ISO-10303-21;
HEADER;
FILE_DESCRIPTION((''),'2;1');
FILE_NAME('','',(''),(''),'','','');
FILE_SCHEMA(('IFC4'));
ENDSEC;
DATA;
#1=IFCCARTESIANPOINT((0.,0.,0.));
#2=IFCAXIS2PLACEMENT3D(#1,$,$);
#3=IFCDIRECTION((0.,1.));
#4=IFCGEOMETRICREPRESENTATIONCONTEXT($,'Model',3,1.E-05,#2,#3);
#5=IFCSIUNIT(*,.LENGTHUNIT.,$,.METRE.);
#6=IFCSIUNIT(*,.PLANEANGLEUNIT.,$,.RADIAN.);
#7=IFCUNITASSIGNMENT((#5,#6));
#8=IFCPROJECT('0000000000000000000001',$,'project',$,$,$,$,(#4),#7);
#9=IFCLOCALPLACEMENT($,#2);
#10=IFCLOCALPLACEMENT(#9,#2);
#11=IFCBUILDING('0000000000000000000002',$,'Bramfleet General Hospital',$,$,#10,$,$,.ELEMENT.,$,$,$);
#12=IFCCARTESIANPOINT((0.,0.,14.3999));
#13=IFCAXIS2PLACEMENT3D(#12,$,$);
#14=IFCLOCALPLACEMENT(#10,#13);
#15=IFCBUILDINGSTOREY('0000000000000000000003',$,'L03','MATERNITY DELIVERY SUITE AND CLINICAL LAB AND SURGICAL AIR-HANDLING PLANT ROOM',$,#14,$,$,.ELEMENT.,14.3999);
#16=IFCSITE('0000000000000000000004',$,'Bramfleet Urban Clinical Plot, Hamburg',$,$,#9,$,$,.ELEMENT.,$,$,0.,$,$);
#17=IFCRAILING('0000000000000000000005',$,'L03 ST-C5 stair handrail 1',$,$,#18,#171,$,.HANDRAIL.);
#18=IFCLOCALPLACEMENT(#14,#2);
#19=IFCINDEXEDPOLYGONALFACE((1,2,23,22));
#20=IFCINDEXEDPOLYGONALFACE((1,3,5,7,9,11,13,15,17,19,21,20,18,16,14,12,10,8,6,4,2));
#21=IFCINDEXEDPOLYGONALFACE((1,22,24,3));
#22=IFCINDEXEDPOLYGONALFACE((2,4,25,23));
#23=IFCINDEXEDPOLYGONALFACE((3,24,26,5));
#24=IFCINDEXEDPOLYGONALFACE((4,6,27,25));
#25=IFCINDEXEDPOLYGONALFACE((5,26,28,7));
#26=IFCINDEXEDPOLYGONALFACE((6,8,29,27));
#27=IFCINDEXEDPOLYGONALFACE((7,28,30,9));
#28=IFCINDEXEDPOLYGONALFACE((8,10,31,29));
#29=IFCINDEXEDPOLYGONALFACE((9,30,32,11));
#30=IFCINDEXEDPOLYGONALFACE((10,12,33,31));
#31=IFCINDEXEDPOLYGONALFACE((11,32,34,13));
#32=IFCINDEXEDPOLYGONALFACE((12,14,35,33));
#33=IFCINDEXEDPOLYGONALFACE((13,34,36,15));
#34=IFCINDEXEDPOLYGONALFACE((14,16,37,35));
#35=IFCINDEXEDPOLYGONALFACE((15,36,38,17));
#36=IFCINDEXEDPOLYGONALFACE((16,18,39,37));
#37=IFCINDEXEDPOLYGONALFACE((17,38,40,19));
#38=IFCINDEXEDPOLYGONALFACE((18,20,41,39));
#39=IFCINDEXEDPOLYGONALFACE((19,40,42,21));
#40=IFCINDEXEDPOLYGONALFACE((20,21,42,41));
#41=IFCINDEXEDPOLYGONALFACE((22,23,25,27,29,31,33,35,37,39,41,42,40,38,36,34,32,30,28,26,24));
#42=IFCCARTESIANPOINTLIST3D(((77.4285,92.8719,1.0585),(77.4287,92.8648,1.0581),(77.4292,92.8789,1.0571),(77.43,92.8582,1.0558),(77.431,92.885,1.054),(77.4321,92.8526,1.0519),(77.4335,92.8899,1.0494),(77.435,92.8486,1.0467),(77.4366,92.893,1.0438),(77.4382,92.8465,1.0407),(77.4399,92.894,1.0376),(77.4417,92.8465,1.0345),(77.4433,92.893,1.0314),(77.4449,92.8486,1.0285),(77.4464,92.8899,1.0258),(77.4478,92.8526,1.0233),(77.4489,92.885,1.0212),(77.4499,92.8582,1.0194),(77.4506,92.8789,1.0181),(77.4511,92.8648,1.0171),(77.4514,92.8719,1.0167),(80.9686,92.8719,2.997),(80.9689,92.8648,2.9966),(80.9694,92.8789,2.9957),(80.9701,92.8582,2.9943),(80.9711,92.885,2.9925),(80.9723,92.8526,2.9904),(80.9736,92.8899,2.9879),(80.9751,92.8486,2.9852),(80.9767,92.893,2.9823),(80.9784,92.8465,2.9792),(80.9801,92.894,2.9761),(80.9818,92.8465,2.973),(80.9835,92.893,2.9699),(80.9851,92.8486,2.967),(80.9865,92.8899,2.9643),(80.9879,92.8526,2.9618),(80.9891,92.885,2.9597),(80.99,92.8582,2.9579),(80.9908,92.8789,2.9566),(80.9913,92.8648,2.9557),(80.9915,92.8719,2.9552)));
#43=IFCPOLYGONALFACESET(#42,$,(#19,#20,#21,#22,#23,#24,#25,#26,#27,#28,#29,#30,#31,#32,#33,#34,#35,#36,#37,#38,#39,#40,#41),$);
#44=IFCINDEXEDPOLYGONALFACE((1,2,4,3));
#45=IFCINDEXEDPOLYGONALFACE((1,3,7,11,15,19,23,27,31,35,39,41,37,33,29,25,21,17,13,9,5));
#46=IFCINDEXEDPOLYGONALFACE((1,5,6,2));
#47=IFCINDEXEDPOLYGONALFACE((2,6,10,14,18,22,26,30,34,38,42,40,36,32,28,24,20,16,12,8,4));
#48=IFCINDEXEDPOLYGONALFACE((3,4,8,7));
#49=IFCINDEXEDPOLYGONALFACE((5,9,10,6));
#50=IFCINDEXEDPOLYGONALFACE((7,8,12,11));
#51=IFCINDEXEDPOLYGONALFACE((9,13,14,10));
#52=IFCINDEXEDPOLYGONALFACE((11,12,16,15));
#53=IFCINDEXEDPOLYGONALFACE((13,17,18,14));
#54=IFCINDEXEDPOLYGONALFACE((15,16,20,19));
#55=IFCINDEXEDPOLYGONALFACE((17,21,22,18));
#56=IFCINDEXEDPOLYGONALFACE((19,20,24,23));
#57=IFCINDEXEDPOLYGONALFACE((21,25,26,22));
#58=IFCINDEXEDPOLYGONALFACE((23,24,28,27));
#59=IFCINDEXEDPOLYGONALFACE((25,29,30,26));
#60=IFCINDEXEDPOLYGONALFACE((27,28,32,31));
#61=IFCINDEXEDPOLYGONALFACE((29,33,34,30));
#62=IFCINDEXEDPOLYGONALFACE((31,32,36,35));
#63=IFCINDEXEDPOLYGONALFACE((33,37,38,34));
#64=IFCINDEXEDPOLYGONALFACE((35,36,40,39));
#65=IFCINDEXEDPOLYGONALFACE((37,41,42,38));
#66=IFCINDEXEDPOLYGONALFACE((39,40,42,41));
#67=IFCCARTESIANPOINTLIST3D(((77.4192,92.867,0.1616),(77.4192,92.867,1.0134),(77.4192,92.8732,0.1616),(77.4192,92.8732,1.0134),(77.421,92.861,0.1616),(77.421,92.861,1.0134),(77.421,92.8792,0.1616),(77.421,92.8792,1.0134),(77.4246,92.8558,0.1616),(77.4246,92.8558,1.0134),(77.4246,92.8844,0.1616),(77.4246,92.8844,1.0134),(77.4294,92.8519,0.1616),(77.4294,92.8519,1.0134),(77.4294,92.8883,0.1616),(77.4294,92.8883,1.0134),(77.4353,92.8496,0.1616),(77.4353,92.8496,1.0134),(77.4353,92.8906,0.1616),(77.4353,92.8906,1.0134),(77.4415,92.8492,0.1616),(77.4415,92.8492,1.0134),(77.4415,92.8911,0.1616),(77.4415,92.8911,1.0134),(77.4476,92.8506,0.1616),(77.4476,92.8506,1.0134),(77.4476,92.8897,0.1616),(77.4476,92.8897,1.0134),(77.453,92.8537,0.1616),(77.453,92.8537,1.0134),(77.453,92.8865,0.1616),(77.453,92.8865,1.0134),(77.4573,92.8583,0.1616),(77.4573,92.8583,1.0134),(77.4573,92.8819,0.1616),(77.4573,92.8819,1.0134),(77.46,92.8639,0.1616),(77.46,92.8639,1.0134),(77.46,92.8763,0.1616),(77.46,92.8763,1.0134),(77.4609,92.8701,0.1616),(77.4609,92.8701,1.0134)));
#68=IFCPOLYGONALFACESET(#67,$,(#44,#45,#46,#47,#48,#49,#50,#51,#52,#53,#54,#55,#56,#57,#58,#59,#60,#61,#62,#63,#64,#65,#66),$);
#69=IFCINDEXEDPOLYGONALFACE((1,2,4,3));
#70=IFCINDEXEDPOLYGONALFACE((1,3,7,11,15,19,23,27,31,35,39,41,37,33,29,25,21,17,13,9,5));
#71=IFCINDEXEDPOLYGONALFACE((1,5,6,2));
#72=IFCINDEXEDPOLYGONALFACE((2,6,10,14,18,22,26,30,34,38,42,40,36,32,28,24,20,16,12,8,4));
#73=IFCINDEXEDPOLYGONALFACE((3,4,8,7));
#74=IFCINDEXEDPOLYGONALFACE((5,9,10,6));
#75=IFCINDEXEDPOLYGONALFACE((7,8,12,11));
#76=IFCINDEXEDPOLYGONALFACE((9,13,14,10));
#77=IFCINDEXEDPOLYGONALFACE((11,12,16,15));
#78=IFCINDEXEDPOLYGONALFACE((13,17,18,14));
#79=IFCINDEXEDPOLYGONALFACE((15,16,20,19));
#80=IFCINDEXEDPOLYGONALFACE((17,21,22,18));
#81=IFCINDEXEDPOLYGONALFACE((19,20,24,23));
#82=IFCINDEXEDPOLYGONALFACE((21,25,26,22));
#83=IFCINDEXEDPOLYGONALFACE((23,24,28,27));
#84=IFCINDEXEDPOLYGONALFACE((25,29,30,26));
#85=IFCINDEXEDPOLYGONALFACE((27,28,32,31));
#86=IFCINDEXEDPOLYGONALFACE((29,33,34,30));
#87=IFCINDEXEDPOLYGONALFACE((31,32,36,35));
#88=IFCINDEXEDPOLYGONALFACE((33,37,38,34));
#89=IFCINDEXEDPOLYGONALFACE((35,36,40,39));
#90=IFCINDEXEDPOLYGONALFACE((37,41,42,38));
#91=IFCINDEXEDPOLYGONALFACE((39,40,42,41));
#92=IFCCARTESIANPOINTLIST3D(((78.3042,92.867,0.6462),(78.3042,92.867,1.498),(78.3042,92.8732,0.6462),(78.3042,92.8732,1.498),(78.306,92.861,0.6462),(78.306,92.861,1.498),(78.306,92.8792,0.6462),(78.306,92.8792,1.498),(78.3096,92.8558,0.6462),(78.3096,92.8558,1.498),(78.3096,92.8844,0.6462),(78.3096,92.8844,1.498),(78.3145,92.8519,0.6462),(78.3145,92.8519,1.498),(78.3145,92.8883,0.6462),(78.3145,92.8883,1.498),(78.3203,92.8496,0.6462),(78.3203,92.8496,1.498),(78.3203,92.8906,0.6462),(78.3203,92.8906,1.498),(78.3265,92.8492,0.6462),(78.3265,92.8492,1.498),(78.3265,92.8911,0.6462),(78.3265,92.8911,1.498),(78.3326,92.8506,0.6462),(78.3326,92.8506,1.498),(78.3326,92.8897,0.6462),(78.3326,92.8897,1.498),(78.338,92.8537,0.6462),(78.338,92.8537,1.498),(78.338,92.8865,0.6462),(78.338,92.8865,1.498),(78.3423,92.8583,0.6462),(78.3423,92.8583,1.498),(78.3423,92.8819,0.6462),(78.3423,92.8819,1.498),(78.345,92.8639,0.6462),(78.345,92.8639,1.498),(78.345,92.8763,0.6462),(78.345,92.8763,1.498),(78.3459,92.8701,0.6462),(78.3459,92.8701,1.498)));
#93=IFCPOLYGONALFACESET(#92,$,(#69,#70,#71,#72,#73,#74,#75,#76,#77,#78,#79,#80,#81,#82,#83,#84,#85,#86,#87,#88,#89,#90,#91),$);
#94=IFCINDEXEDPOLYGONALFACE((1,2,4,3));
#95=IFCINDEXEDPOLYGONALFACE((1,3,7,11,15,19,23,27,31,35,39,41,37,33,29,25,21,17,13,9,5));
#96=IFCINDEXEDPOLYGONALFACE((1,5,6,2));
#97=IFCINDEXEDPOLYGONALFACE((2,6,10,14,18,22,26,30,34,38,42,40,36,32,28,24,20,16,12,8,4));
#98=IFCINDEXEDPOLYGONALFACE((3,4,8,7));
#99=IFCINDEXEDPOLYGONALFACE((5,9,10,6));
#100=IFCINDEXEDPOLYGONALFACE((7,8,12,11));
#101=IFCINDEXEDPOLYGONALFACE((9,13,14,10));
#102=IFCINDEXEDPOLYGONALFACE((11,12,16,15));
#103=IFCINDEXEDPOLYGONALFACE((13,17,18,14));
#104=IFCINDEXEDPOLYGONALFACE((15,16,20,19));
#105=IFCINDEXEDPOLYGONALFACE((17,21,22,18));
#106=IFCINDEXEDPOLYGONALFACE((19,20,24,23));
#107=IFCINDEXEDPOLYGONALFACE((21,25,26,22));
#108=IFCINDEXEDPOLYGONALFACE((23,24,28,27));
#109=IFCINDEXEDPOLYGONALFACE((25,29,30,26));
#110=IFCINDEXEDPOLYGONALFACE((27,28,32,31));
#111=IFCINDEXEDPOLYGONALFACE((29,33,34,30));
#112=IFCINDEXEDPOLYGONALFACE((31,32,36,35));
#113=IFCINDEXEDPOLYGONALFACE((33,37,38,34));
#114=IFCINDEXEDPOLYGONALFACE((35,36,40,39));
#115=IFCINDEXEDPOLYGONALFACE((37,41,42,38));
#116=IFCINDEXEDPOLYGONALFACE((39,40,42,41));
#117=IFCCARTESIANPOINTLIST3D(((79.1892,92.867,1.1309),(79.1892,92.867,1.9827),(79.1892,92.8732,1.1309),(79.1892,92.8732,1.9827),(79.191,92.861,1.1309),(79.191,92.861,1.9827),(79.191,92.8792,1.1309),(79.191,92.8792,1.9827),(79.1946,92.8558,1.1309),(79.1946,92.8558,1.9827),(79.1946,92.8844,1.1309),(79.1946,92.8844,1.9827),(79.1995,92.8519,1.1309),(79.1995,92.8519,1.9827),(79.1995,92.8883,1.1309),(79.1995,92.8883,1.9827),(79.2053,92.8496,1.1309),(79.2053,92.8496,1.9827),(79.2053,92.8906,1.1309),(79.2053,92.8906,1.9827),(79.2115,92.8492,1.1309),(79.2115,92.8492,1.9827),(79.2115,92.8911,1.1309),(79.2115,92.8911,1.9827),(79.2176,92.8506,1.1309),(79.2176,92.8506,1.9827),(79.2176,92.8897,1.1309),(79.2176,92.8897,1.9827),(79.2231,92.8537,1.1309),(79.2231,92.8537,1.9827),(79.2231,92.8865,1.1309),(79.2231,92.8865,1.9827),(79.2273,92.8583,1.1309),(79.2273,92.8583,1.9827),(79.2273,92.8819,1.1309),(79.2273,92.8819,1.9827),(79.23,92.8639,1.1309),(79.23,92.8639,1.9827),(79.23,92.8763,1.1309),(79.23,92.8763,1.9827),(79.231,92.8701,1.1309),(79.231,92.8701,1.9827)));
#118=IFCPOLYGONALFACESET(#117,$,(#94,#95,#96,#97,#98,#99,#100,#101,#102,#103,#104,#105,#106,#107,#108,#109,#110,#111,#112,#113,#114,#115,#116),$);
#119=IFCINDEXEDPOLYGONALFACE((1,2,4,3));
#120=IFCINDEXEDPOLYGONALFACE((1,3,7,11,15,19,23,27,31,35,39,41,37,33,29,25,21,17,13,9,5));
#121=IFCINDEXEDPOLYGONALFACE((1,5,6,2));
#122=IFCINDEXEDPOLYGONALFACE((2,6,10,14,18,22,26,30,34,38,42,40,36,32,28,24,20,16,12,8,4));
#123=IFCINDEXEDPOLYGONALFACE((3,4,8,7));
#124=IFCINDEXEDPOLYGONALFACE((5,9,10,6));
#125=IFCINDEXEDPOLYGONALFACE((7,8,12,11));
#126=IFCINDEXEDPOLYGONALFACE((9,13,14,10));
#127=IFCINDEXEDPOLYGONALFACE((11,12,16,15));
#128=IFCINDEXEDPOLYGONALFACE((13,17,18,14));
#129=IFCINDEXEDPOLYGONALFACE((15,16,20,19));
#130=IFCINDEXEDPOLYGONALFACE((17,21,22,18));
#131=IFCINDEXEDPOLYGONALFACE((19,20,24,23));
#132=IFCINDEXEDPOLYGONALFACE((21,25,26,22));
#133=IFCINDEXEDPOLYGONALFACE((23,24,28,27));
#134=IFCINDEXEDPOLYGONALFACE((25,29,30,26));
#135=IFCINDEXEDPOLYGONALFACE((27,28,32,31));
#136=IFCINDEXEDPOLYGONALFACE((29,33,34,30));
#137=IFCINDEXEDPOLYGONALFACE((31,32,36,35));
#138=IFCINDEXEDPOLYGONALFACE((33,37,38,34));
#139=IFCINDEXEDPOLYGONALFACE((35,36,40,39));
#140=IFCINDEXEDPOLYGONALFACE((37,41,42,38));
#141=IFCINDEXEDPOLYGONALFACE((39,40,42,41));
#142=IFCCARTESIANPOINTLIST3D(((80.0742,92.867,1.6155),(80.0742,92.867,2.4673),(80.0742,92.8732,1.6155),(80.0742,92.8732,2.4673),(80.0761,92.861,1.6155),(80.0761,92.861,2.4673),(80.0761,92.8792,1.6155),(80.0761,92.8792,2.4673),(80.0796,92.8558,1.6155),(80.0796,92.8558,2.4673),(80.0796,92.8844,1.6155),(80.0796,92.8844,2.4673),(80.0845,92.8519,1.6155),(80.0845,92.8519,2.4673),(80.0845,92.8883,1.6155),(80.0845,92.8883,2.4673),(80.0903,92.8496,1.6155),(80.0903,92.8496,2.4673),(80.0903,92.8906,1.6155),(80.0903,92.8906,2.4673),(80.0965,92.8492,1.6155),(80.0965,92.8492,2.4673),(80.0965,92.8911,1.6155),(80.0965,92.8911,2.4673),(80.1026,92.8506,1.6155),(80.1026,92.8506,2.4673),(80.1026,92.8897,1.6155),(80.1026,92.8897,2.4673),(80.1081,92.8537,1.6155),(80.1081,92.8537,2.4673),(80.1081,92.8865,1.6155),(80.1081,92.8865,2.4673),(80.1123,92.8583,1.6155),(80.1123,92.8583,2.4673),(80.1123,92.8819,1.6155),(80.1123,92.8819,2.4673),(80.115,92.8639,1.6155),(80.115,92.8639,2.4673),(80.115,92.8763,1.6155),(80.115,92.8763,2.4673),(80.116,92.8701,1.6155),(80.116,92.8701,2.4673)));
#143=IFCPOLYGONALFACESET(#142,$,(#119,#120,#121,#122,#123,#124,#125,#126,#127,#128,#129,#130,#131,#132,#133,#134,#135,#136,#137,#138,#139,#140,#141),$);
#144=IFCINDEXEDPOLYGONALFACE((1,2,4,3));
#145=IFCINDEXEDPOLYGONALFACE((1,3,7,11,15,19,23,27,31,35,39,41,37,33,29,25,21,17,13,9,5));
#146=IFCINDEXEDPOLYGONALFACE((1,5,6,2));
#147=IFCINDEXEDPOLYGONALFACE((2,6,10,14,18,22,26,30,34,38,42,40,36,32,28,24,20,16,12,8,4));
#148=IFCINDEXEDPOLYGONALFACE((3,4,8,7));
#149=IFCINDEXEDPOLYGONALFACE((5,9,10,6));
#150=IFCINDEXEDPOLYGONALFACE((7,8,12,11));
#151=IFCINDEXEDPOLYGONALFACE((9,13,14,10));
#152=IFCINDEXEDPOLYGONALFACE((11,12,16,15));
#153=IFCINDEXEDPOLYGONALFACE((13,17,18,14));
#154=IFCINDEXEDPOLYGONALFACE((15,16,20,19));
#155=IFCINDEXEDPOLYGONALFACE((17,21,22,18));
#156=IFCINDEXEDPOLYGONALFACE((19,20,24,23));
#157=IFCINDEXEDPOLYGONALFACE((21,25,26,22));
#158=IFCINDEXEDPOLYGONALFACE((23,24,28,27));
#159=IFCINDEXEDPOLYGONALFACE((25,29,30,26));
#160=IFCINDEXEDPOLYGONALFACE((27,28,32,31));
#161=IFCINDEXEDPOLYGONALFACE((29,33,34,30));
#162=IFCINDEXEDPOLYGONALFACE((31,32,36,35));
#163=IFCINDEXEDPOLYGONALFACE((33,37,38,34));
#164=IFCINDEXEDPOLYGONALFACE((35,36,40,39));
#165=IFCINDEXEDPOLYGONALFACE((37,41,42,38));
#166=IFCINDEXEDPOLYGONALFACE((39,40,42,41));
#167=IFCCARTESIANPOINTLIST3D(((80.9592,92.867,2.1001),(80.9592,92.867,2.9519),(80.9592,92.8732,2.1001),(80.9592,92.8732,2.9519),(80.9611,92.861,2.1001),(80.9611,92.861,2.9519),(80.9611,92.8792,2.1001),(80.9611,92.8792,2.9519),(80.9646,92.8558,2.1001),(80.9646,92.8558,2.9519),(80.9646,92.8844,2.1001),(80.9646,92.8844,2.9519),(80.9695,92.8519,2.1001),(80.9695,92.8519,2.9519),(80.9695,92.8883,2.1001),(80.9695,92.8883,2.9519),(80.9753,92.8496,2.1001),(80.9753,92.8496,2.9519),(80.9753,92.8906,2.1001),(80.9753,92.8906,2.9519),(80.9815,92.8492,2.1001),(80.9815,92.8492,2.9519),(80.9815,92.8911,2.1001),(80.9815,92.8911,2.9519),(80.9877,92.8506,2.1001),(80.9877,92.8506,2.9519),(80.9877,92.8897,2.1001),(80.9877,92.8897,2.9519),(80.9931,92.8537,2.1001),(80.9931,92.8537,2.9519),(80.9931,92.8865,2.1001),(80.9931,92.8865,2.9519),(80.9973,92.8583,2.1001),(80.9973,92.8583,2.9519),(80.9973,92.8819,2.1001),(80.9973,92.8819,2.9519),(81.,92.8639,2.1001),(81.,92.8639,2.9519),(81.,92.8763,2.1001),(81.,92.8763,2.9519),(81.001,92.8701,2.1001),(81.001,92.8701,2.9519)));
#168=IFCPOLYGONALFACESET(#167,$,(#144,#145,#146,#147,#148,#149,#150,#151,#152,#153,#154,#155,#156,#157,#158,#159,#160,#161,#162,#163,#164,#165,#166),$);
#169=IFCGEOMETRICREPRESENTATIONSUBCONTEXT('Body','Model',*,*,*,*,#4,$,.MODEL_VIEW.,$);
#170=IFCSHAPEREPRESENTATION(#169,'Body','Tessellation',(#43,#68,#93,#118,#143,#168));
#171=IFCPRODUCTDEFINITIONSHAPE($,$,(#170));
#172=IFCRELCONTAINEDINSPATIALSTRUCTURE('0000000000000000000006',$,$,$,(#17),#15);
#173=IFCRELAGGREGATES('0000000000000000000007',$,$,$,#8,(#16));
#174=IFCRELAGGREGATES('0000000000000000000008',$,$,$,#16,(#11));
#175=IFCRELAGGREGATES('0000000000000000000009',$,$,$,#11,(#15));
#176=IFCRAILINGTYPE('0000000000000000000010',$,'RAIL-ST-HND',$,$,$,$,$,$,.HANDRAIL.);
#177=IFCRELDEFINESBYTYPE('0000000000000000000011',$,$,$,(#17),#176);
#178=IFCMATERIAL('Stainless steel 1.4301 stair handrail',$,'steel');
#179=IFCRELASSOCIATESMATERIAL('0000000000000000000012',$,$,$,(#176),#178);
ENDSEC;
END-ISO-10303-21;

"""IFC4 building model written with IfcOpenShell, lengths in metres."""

from ifc_helpers import new_model, si_unit, direction, frame, origin, origin_2d, place, context, subcontext, project, spatial, circle, extrude, material, type_object, element, save


model = new_model("IFC4")

# Units and contexts
model_context = context("Model", 3, precision=1e-05, world=origin(), true_north=direction((0.0, 1.0)))
body_context = subcontext(model_context, "Body", "Model", "MODEL_VIEW")
ifc_project = project(units=[si_unit("LENGTHUNIT", "METRE"), si_unit("PLANEANGLEUNIT", "RADIAN")], contexts=[model_context])

# Site, building, storey
site_placement = place(None, origin())
site = spatial("IfcSite", under=ifc_project, at=site_placement, Name="Bramfleet Urban Clinical Plot, Hamburg", CompositionType="ELEMENT", RefElevation=0.0)
building_placement = place(site_placement, origin())
building = spatial("IfcBuilding", under=site, at=building_placement, Name="Bramfleet General Hospital", CompositionType="ELEMENT")
storey_placement = place(building_placement, frame((0.0, 0.0, 14.3999)))
storey = spatial("IfcBuildingStorey", under=building, at=storey_placement, Name="L03", Description="MATERNITY DELIVERY SUITE AND CLINICAL LAB AND SURGICAL AIR-HANDLING PLANT ROOM", CompositionType="ELEMENT", Elevation=14.3999)

# Railing
ifc_material_1 = material(Name="Stainless steel 1.4301 stair handrail", Category="steel")
railing_type_1 = type_object("IfcRailingType", Name="RAIL-ST-HND", PredefinedType="HANDRAIL", material=ifc_material_1)
railing_1_placement = place(storey_placement, frame((77.4399, 92.8701, 0.1616)))
element("IfcRailing", 1, at=railing_1_placement, inside=storey, type_object=railing_type_1, Name="L03 ST-C5 stair handrail 1", PredefinedType="HANDRAIL", context=body_context, shape_type="SweptSolid", body=[
    extrude(circle(Radius=0.0239, at=origin_2d()), frame((0.0, 0.0, 0.876), z_axis=(0.877108, 0.0, 0.480292), x_axis=(0.0, 1.0, 0.0)), (0.0, 0.0, 1.0), 4.0361),
    extrude(circle(Radius=0.021, at=origin_2d()), origin(), (0.0, 0.0, 1.0), 0.8518),
    extrude(circle(Radius=0.021, at=origin_2d()), frame((0.885, 0.0, 0.4846)), (0.0, 0.0, 1.0), 0.8518),
    extrude(circle(Radius=0.021, at=origin_2d()), frame((1.77, 0.0, 0.9692)), (0.0, 0.0, 1.0), 0.8518),
    extrude(circle(Radius=0.021, at=origin_2d()), frame((2.655, 0.0, 1.4539)), (0.0, 0.0, 1.0), 0.8518),
    extrude(circle(Radius=0.021, at=origin_2d()), frame((3.54, 0.0, 1.9385)), (0.0, 0.0, 1.0), 0.8518),
])

save(model, "model.ifc")
